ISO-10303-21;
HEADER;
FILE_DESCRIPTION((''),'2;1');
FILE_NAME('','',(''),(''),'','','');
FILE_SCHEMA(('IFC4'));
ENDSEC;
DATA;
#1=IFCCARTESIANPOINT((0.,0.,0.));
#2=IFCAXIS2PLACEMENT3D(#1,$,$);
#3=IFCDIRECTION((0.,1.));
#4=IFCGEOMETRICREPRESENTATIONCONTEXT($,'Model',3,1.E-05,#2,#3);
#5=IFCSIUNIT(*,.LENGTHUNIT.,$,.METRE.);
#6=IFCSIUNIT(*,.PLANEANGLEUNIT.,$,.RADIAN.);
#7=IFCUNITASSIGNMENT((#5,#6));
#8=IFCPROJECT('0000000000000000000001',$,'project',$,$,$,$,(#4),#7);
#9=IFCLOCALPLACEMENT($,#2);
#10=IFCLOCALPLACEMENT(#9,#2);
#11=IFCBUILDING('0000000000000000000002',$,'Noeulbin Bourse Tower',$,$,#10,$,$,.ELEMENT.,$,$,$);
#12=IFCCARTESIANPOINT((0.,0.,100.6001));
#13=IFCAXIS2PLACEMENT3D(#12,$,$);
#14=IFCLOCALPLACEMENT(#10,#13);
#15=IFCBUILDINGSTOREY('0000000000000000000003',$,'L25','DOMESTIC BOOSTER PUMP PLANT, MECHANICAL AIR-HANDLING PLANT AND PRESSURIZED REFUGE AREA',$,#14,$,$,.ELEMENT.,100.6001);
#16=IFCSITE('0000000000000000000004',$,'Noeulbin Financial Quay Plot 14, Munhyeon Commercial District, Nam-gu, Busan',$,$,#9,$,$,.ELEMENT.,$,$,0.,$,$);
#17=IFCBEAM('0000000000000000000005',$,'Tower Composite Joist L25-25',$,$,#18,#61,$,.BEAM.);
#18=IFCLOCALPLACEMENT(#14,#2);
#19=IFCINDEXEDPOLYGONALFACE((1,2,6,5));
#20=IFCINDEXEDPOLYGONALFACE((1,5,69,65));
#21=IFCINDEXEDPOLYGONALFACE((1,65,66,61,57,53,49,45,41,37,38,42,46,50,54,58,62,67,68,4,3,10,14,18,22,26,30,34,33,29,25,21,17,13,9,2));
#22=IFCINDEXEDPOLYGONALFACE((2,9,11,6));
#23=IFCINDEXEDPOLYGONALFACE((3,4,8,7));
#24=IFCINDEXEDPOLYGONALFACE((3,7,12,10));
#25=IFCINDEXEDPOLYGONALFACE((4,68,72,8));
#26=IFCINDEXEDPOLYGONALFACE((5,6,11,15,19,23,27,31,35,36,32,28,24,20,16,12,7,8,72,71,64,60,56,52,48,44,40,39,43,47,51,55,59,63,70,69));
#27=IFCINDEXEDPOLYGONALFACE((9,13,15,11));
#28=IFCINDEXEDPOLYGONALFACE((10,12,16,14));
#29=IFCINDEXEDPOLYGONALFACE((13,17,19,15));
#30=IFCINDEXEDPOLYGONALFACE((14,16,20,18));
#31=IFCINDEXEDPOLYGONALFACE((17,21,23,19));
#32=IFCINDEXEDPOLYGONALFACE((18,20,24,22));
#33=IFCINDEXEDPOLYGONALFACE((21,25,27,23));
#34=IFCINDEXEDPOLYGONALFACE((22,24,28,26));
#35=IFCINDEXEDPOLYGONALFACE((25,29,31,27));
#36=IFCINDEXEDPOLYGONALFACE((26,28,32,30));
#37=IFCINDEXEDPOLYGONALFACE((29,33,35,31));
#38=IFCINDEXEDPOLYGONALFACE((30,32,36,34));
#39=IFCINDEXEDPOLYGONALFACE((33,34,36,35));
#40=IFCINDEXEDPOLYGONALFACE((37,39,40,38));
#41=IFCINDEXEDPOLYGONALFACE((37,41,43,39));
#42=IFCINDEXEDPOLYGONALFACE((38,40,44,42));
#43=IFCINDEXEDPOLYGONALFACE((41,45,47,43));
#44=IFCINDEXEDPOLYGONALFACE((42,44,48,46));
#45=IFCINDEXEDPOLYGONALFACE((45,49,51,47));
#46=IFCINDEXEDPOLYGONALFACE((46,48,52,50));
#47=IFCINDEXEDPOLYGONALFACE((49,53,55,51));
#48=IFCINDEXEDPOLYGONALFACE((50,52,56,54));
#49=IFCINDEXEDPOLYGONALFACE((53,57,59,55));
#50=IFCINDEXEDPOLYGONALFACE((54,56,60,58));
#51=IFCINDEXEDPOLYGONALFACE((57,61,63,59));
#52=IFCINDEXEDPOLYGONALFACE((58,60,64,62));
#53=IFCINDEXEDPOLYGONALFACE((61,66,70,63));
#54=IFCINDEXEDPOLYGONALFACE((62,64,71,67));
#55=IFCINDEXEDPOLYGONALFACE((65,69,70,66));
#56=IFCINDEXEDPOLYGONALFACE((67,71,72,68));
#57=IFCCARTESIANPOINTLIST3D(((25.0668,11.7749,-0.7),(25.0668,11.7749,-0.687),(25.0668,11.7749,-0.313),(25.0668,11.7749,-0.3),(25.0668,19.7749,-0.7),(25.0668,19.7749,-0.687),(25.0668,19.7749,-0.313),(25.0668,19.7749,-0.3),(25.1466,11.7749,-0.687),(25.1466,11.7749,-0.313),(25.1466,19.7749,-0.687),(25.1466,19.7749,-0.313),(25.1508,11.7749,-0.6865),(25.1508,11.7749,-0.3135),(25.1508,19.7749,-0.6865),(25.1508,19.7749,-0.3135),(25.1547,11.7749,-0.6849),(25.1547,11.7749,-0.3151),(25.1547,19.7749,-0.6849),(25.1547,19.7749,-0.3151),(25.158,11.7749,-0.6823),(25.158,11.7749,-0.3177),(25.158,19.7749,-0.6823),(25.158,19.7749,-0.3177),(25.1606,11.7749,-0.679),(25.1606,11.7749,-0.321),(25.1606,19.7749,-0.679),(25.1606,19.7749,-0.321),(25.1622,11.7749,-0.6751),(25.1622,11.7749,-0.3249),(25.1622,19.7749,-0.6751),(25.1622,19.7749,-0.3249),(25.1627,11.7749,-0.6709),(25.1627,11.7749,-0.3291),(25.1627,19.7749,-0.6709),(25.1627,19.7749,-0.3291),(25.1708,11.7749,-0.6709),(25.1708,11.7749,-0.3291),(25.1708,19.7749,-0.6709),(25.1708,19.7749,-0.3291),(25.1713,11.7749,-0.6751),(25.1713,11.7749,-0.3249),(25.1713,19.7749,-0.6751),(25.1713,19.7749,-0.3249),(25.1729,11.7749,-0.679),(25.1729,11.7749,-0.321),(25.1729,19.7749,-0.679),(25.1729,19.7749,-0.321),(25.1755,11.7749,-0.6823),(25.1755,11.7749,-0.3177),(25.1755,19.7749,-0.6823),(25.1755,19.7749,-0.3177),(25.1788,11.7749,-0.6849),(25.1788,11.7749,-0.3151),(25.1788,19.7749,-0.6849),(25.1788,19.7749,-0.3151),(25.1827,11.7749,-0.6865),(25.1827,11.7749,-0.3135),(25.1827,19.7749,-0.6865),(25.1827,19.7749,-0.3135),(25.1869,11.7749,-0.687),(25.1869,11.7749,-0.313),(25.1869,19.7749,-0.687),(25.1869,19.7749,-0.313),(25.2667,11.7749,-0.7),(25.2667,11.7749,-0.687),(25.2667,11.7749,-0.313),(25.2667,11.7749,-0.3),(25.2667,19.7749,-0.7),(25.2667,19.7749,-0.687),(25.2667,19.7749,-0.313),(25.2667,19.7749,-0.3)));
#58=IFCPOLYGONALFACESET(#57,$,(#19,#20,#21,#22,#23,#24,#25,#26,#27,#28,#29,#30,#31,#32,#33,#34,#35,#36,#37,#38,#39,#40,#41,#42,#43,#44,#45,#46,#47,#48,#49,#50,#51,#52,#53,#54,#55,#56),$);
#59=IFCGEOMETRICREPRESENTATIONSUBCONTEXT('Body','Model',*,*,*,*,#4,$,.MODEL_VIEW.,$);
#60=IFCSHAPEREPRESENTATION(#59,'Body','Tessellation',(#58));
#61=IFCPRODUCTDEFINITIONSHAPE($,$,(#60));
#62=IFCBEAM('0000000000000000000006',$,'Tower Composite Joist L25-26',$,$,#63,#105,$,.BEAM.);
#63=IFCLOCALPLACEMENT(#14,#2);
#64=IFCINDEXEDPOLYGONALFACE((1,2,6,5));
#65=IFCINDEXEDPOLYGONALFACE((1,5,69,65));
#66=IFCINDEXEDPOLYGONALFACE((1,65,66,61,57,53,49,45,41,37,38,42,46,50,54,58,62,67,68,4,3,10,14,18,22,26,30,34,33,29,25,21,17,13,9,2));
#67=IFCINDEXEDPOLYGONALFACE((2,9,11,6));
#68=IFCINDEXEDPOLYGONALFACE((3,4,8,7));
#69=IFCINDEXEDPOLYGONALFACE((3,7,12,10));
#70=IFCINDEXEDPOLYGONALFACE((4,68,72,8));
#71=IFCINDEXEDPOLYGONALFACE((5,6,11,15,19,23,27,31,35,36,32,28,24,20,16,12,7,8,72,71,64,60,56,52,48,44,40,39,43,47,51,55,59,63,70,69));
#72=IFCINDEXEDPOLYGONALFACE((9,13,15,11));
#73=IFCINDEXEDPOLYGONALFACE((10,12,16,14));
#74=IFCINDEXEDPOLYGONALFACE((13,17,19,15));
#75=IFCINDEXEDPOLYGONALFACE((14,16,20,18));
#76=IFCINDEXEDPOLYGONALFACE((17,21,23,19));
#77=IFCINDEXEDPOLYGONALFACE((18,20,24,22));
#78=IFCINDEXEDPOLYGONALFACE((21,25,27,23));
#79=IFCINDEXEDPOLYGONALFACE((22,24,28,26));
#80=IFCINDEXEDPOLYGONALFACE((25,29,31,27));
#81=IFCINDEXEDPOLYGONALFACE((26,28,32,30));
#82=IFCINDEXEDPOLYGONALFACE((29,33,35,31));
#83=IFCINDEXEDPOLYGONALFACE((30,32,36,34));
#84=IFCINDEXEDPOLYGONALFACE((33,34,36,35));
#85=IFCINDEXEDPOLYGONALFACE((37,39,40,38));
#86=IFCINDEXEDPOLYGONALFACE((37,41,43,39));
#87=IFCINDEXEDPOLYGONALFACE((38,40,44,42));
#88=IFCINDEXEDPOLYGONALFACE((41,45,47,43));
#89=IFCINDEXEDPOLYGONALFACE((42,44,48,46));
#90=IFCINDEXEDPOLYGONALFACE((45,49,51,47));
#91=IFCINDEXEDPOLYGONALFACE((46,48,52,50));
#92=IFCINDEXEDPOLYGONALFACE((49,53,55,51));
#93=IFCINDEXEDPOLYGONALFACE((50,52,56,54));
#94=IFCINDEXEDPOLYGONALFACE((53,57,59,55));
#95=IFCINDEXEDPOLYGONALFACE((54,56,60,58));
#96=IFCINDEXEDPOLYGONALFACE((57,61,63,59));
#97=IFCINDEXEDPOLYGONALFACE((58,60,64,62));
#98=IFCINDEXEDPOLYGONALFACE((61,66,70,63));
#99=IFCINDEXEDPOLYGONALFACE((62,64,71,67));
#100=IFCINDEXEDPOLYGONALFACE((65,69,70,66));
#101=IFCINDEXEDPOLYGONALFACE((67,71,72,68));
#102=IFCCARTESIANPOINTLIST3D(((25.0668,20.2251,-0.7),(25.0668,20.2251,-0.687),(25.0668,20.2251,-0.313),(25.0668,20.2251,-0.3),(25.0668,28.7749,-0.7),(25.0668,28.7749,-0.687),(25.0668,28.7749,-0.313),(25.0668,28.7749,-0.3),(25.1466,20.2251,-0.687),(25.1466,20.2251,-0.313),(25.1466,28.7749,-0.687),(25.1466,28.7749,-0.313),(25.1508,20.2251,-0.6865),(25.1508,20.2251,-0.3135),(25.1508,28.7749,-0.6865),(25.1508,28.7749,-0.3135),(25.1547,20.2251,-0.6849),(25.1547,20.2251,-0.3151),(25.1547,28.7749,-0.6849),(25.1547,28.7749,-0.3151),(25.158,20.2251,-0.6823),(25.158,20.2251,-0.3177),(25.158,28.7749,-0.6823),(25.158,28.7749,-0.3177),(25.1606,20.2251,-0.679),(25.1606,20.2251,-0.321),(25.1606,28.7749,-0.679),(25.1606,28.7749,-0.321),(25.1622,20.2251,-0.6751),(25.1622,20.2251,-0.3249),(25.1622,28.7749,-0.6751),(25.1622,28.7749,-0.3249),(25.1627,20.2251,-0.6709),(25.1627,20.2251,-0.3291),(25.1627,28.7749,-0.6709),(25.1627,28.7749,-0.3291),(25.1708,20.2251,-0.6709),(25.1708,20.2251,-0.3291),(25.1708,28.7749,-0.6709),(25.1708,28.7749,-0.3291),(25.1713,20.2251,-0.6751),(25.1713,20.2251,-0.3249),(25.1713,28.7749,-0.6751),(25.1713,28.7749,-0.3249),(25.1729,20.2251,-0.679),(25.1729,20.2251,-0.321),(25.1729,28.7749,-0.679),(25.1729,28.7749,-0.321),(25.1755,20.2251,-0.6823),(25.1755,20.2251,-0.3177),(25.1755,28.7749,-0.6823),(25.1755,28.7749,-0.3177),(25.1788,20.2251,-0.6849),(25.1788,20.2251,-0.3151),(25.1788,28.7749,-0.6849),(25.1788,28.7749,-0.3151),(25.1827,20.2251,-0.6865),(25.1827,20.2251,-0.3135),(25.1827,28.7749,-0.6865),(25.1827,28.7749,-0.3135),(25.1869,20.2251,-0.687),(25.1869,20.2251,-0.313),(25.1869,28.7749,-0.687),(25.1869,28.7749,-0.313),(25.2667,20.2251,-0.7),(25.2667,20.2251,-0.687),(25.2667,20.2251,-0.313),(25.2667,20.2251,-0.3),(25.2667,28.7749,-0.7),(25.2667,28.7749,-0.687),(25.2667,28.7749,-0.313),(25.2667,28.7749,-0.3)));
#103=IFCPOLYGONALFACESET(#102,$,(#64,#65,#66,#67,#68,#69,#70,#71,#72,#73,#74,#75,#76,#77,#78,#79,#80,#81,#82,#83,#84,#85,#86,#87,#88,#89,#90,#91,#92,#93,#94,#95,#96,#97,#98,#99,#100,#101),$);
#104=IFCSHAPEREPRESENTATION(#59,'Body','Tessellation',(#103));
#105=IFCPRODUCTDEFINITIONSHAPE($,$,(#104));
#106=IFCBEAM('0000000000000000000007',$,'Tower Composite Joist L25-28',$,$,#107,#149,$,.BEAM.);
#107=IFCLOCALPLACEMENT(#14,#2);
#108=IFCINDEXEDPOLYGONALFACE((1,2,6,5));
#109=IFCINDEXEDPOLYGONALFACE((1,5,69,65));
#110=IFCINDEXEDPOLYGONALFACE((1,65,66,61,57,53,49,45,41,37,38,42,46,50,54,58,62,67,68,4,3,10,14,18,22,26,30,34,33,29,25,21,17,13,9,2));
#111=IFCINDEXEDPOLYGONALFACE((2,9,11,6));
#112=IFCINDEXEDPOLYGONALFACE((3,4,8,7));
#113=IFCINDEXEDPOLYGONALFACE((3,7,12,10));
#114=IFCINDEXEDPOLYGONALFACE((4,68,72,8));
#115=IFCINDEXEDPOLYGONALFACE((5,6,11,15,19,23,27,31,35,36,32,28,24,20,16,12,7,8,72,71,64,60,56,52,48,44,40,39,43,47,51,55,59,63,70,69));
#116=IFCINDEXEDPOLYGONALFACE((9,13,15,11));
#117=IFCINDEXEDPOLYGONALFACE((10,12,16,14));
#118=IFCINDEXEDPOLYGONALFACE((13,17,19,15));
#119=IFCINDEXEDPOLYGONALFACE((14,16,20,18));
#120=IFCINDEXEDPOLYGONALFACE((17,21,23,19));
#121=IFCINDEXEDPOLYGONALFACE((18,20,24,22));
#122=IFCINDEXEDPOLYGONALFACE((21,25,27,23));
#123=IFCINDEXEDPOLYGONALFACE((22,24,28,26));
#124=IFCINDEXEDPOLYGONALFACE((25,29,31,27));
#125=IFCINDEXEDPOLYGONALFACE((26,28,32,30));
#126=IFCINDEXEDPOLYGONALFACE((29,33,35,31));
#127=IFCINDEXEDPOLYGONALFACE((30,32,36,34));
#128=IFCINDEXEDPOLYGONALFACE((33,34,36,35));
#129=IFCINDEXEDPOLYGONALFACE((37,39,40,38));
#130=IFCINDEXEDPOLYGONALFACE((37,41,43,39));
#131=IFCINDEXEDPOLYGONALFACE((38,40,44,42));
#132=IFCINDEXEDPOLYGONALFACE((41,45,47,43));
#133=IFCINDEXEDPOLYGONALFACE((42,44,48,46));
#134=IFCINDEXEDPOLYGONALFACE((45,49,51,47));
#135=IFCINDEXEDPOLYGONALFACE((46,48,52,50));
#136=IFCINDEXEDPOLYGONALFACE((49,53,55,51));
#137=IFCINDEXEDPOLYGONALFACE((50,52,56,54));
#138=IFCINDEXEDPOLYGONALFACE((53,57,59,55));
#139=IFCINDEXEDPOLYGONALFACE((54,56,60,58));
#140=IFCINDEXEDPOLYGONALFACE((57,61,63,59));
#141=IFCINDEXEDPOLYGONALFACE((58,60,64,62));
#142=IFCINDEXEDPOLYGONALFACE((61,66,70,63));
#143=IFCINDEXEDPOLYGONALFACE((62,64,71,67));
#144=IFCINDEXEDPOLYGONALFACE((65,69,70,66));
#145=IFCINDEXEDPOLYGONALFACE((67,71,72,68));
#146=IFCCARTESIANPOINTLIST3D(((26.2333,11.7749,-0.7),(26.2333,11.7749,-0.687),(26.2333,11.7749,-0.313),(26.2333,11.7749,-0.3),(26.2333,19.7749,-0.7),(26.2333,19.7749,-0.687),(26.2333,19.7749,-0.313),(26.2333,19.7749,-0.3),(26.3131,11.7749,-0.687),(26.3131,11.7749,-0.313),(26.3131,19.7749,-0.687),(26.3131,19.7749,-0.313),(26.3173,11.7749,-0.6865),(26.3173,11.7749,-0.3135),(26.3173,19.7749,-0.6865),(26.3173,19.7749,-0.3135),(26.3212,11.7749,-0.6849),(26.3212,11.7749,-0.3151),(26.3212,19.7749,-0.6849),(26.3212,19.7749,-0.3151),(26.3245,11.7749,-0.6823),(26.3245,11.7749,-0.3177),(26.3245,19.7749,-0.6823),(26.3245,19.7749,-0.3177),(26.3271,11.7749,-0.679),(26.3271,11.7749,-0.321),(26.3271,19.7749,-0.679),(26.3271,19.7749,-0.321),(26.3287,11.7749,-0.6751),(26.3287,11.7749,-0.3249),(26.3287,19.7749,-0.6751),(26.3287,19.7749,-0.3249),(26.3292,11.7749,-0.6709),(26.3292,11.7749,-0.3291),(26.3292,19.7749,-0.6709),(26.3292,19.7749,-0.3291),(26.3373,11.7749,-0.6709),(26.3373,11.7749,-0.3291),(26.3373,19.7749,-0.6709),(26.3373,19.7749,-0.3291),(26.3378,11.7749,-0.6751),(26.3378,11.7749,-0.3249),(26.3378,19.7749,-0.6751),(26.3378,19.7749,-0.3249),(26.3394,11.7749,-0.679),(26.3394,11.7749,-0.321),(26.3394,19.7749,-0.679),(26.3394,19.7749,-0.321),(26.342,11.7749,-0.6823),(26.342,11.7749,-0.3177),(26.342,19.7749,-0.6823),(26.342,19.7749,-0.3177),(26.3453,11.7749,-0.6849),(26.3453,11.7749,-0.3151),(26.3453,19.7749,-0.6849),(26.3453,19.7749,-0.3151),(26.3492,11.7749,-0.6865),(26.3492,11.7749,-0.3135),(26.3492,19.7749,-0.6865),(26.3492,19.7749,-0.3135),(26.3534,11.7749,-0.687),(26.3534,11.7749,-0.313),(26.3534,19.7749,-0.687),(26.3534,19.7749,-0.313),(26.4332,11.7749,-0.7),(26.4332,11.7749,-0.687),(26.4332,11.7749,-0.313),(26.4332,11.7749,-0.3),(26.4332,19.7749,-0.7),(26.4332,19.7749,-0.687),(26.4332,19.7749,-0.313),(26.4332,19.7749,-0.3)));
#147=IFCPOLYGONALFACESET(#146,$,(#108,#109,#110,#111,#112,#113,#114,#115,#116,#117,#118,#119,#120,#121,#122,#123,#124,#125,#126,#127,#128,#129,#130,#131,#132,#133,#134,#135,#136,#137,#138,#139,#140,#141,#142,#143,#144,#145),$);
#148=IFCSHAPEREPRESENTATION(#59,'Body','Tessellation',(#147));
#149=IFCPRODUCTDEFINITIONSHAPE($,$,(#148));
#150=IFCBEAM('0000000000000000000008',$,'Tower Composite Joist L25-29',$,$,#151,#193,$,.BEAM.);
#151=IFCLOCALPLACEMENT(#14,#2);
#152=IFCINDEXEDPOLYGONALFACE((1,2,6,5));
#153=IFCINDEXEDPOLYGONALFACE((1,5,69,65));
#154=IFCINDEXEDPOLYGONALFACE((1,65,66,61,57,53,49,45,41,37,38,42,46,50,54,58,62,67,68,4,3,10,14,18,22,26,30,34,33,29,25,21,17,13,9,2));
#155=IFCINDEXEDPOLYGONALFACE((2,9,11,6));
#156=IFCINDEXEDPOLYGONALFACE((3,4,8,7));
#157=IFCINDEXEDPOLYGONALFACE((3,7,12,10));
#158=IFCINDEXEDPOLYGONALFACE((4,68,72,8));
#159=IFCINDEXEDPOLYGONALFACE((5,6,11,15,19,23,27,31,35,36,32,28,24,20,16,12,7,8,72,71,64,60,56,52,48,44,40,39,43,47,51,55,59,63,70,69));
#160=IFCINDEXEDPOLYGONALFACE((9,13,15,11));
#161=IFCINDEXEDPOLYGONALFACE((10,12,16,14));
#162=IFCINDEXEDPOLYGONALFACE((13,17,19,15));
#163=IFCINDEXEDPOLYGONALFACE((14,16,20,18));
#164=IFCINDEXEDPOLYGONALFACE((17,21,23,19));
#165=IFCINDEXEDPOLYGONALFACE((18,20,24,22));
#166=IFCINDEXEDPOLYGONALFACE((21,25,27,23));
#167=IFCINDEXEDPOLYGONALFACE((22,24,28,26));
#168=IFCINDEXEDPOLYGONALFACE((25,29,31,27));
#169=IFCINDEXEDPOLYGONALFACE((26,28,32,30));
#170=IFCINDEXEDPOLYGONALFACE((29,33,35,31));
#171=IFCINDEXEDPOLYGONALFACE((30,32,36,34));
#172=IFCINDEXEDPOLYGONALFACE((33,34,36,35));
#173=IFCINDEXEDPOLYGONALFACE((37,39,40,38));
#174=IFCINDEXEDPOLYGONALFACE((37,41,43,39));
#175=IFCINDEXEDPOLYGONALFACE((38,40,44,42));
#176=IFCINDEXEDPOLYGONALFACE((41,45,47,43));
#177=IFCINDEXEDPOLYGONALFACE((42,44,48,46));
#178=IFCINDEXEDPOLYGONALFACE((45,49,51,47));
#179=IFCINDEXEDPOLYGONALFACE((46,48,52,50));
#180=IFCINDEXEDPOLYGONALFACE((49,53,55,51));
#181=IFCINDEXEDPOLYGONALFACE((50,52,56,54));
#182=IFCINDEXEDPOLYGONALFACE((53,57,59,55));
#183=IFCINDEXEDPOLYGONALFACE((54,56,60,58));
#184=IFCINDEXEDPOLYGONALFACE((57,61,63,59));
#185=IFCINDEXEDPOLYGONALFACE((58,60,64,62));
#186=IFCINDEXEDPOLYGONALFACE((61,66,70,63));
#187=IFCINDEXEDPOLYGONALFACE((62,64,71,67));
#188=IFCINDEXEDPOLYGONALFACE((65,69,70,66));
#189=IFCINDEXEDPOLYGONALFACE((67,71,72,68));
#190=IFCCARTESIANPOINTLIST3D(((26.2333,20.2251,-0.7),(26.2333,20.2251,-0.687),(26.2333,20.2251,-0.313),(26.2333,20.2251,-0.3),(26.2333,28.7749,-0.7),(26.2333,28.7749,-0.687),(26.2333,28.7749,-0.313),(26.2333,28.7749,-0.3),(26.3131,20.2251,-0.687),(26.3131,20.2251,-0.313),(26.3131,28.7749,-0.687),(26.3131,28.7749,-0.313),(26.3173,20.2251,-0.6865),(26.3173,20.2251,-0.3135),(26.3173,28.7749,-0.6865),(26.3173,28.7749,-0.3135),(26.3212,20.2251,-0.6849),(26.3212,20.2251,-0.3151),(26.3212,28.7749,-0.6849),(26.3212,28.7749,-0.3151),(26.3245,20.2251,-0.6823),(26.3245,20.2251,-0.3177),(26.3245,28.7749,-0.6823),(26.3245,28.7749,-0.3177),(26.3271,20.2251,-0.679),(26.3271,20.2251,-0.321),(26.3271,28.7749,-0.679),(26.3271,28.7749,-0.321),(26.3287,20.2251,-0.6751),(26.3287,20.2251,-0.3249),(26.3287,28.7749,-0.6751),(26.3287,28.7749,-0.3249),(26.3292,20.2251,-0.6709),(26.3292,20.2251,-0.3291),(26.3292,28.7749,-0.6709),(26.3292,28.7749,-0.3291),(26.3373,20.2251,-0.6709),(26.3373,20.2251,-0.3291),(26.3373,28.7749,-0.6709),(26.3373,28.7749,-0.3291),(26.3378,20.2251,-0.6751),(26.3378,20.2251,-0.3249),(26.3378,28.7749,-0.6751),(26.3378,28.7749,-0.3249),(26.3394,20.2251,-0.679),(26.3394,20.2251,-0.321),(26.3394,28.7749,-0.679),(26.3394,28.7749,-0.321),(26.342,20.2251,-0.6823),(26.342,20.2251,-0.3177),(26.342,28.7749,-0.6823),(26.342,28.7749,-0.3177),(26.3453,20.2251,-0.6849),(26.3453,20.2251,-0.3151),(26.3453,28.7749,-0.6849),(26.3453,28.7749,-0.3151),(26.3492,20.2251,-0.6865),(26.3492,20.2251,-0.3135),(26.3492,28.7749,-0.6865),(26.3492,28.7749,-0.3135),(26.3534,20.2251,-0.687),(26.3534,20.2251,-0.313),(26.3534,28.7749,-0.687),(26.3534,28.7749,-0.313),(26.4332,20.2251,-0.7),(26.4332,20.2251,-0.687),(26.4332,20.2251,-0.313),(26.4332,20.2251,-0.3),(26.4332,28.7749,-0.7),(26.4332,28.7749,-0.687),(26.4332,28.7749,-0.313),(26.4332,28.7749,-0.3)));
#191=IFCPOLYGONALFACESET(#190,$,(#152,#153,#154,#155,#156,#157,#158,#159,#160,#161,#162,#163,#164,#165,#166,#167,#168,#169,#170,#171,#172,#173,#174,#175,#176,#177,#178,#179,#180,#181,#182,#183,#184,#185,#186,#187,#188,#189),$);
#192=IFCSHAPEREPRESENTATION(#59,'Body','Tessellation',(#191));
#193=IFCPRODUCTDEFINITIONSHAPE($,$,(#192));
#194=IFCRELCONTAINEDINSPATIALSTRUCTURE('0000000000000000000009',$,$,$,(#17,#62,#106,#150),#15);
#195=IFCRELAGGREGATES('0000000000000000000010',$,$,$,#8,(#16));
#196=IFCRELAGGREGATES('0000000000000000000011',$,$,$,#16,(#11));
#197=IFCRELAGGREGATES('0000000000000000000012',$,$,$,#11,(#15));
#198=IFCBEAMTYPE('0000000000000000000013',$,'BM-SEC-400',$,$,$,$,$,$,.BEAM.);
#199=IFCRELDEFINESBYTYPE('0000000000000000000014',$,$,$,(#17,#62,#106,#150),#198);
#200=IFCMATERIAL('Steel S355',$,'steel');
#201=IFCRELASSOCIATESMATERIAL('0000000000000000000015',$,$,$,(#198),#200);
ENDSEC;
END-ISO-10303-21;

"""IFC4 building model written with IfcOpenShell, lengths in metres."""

from ifc_helpers import new_model, si_unit, direction, frame, origin, origin_2d, place, context, subcontext, project, spatial, i_section, extrude, material, material_profile, profile_set, type_object, element, save


model = new_model("IFC4")

# Units and contexts
model_context = context("Model", 3, precision=1e-05, world=origin(), true_north=direction((0.0, 1.0)))
body_context = subcontext(model_context, "Body", "Model", "MODEL_VIEW")
ifc_project = project(units=[si_unit("LENGTHUNIT", "METRE"), si_unit("PLANEANGLEUNIT", "RADIAN")], contexts=[model_context])

# Site, building, storey
site_placement = place(None, origin())
site = spatial("IfcSite", under=ifc_project, at=site_placement, Name="Noeulbin Financial Quay Plot 14, Munhyeon Commercial District, Nam-gu, Busan", CompositionType="ELEMENT", RefElevation=0.0)
building_placement = place(site_placement, origin())
building = spatial("IfcBuilding", under=site, at=building_placement, Name="Noeulbin Bourse Tower", CompositionType="ELEMENT")
storey_placement = place(building_placement, frame((0.0, 0.0, 100.6001)))
storey = spatial("IfcBuildingStorey", under=building, at=storey_placement, Name="L25", Description="DOMESTIC BOOSTER PUMP PLANT, MECHANICAL AIR-HANDLING PLANT AND PRESSURIZED REFUGE AREA", CompositionType="ELEMENT", Elevation=100.6001)

# Beams
ifc_material_1 = material(Name="Steel S355", Category="steel")
ifc_material_profile_1 = material_profile(ifc_material_1, i_section(OverallWidth=0.2, OverallDepth=0.3999, WebThickness=0.0081, FlangeThickness=0.0129, FilletRadius=0.0161, at=origin_2d()), Name="H-400x200x8x13", Category="LoadBearing")
ifc_profile_set_1 = profile_set([ifc_material_profile_1], Name="Steel S355")
beam_type_1 = type_object("IfcBeamType", Name="BM-SEC-400", PredefinedType="BEAM", material=ifc_profile_set_1)
beam_1_placement = place(storey_placement, frame((25.1667, 11.7749, -0.5), z_axis=(0.0, 1.0, 0.0), x_axis=(-1.0, 0.0, 0.0)))
element("IfcBeam", 1, at=beam_1_placement, inside=storey, type_object=beam_type_1, Name="Tower Composite Joist L25-25", PredefinedType="BEAM", context=body_context, shape_type="SweptSolid", body=[
    extrude(i_section(OverallWidth=0.2, OverallDepth=0.3999, WebThickness=0.0081, FlangeThickness=0.0129, FilletRadius=0.0161, at=origin_2d()), origin(), (0.0, 0.0, 1.0), 8.0),
])
beam_2_placement = place(storey_placement, frame((25.1667, 20.2251, -0.5), z_axis=(0.0, 1.0, 0.0), x_axis=(-1.0, 0.0, 0.0)))
element("IfcBeam", 2, at=beam_2_placement, inside=storey, type_object=beam_type_1, Name="Tower Composite Joist L25-26", PredefinedType="BEAM", context=body_context, shape_type="SweptSolid", body=[
    extrude(i_section(OverallWidth=0.2, OverallDepth=0.3999, WebThickness=0.0081, FlangeThickness=0.0129, FilletRadius=0.0161, at=origin_2d()), origin(), (0.0, 0.0, 1.0), 8.5498),
])
beam_3_placement = place(storey_placement, frame((26.3333, 11.7749, -0.5), z_axis=(0.0, 1.0, 0.0), x_axis=(-1.0, 0.0, 0.0)))
element("IfcBeam", 3, at=beam_3_placement, inside=storey, type_object=beam_type_1, Name="Tower Composite Joist L25-28", PredefinedType="BEAM", context=body_context, shape_type="SweptSolid", body=[
    extrude(i_section(OverallWidth=0.2, OverallDepth=0.3999, WebThickness=0.0081, FlangeThickness=0.0129, FilletRadius=0.0161, at=origin_2d()), origin(), (0.0, 0.0, 1.0), 8.0),
])
beam_4_placement = place(storey_placement, frame((26.3333, 20.2251, -0.5), z_axis=(0.0, 1.0, 0.0), x_axis=(-1.0, 0.0, 0.0)))
element("IfcBeam", 4, at=beam_4_placement, inside=storey, type_object=beam_type_1, Name="Tower Composite Joist L25-29", PredefinedType="BEAM", context=body_context, shape_type="SweptSolid", body=[
    extrude(i_section(OverallWidth=0.2, OverallDepth=0.3999, WebThickness=0.0081, FlangeThickness=0.0129, FilletRadius=0.0161, at=origin_2d()), origin(), (0.0, 0.0, 1.0), 8.5498),
])

save(model, "model.ifc")
